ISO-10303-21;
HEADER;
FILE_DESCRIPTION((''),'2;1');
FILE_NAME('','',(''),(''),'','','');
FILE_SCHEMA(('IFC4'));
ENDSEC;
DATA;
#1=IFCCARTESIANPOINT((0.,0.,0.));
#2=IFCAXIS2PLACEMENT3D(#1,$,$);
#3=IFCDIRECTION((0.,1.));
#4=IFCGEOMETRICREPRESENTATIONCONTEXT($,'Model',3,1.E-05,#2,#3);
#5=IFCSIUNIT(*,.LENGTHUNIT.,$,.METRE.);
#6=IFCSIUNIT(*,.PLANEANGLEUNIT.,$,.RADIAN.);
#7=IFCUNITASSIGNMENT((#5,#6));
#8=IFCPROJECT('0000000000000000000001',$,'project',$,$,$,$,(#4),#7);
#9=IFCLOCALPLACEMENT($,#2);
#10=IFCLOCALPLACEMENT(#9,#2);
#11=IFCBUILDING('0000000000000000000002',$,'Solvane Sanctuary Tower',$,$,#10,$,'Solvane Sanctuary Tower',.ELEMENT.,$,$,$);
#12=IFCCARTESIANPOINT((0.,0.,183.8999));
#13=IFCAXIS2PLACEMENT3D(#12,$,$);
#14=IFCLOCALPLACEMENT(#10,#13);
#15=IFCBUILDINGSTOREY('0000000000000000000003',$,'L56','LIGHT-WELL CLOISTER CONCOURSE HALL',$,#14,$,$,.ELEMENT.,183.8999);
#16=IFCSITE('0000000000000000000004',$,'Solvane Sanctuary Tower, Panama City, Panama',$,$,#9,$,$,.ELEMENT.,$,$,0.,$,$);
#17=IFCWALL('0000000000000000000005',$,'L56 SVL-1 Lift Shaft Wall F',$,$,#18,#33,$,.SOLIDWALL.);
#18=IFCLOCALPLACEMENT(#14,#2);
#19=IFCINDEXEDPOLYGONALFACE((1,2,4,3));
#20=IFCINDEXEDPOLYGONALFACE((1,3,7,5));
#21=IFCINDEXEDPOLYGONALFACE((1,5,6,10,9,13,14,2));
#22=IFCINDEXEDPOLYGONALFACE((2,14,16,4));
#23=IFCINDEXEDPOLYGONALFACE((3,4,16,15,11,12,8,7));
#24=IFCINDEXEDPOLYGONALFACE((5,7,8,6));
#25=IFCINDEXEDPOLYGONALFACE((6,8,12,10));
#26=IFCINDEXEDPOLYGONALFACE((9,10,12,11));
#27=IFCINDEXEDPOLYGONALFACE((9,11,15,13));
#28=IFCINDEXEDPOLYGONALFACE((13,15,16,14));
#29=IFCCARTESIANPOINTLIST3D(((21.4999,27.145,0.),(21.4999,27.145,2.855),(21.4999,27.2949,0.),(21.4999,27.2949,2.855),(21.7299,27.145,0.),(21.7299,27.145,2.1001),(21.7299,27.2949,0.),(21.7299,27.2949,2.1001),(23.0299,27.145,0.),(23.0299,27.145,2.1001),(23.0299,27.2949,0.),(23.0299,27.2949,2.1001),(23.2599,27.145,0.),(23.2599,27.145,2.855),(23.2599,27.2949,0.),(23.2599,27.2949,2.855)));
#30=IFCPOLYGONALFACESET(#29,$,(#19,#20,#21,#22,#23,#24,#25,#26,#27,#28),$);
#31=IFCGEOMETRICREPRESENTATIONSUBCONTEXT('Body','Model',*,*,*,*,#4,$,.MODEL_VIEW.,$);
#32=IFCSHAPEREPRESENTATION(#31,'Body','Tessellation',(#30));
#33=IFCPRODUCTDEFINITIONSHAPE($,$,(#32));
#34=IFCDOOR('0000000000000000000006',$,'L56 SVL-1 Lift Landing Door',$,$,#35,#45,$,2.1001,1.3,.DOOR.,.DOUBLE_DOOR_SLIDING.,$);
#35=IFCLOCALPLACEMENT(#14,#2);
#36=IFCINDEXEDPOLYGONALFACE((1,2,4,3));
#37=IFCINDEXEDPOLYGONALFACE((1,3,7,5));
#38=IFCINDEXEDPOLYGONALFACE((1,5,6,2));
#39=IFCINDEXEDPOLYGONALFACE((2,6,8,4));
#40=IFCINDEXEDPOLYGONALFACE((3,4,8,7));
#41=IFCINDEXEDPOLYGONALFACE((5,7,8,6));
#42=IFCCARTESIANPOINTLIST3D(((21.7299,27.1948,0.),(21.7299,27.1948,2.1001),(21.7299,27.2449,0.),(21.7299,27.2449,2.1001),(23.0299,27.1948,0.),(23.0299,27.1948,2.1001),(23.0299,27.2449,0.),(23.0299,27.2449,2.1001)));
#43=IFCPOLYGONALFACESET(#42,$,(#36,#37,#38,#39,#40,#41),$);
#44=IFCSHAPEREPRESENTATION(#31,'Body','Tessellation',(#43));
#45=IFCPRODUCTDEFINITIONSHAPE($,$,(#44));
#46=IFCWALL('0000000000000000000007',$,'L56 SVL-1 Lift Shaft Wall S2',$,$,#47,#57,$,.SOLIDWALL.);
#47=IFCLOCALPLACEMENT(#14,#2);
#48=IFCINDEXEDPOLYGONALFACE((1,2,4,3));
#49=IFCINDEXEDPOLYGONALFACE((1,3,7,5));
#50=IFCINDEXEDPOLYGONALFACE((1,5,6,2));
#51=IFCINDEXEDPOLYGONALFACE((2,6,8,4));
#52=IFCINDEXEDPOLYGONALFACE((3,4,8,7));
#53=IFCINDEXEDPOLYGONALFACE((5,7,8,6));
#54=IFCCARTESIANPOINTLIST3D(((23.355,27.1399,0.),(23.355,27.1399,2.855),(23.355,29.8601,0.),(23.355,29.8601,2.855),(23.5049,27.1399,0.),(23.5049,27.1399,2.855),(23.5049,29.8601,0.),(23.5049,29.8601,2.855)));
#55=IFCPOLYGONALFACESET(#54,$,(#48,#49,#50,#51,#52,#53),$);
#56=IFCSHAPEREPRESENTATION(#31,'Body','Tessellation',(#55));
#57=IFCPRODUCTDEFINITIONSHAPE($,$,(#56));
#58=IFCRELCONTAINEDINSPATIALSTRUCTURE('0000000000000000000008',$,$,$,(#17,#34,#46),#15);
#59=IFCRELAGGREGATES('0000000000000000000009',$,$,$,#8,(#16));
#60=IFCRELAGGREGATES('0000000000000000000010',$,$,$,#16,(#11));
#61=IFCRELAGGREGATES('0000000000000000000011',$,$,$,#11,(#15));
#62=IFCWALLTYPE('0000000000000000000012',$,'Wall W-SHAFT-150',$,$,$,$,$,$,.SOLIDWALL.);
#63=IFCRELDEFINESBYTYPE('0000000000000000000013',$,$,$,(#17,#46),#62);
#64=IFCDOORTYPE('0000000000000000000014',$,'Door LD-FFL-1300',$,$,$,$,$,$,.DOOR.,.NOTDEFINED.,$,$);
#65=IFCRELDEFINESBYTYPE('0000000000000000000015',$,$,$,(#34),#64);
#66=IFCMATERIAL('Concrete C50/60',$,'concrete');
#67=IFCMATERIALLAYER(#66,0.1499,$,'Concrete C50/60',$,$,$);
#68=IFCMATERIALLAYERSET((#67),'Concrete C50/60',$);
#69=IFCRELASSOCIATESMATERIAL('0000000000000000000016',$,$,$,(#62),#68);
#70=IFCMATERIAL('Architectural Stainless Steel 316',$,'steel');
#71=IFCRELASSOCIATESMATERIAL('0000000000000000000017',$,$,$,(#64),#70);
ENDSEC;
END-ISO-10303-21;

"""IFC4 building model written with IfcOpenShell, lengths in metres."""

from ifc_helpers import new_model, si_unit, direction, frame, frame_2d, origin, place, context, subcontext, project, spatial, rectangle, extrude, material, layer, layer_set, type_object, element, fill, save


model = new_model("IFC4")

# Units and contexts
model_context = context("Model", 3, precision=1e-05, world=origin(), true_north=direction((0.0, 1.0)))
body_context = subcontext(model_context, "Body", "Model", "MODEL_VIEW")
ifc_project = project(units=[si_unit("LENGTHUNIT", "METRE"), si_unit("PLANEANGLEUNIT", "RADIAN")], contexts=[model_context])

# Site, building, storey
site_placement = place(None, origin())
site = spatial("IfcSite", under=ifc_project, at=site_placement, Name="Solvane Sanctuary Tower, Panama City, Panama", CompositionType="ELEMENT", RefElevation=0.0)
building_placement = place(site_placement, origin())
building = spatial("IfcBuilding", under=site, at=building_placement, Name="Solvane Sanctuary Tower", LongName="Solvane Sanctuary Tower", CompositionType="ELEMENT")
storey_placement = place(building_placement, frame((0.0, 0.0, 183.8999)))
storey = spatial("IfcBuildingStorey", under=building, at=storey_placement, Name="L56", Description="LIGHT-WELL CLOISTER CONCOURSE HALL", CompositionType="ELEMENT", Elevation=183.8999)

# Shared definitions
ifc_material_1 = material(Name="Architectural Stainless Steel 316", Category="steel")

# Shared definitions
ifc_material_2 = material(Name="Concrete C50/60", Category="concrete")
ifc_layer_1 = layer(ifc_material_2, 0.1499, Name="Concrete C50/60")
ifc_layer_set_1 = layer_set([ifc_layer_1], Name="Concrete C50/60")
wall_type_1 = type_object("IfcWallType", Name="Wall W-SHAFT-150", PredefinedType="SOLIDWALL", material=ifc_layer_set_1)

# Shared definitions
door_type_1 = type_object("IfcDoorType", Name="Door LD-FFL-1300", OperationType="NOTDEFINED", PredefinedType="DOOR", material=ifc_material_1)

# Wall, opening, door
wall_1_placement = place(storey_placement, frame((21.5, 27.22, 0.0), z_axis=(0.0, 0.0, 1.0), x_axis=(1.0, 0.0, 0.0)))
wall_1 = element("IfcWall", 1, at=wall_1_placement, inside=storey, type_object=wall_type_1, Name="L56 SVL-1 Lift Shaft Wall F", PredefinedType="SOLIDWALL", context=body_context, shape_type="SweptSolid", body=[
    extrude(rectangle(XDim=1.76, YDim=0.1499, at=frame_2d((0.8799, 0.0))), origin(), (0.0, 0.0, 1.0), 2.855),
])
opening_1_placement = place(wall_1_placement, frame((0.23, 0.0, 0.0)))
opening_1 = element("IfcOpeningElement", 2, at=opening_1_placement, cuts=wall_1, PredefinedType="OPENING", context=body_context, shape_type="SweptSolid", body=[
    extrude(rectangle(XDim=1.3, YDim=2.1001, at=frame_2d((0.6499, 1.05))), frame((0.0, 0.085, 0.0), z_axis=(0.0, -1.0, 0.0), x_axis=(1.0, 0.0, 0.0)), (0.0, 0.0, 1.0), 0.1699),
])
door_1_placement = place(opening_1_placement, origin())
door_1 = element("IfcDoor", 3, at=door_1_placement, inside=storey, type_object=door_type_1, Name="L56 SVL-1 Lift Landing Door", OperationType="DOUBLE_DOOR_SLIDING", OverallHeight=2.1001, OverallWidth=1.3, PredefinedType="DOOR", context=body_context, shape_type="SweptSolid", body=[
    extrude(rectangle(XDim=1.3, YDim=2.1001, at=frame_2d((0.6499, 1.05))), frame((0.0, 0.0249, 0.0), z_axis=(0.0, -1.0, 0.0), x_axis=(1.0, 0.0, 0.0)), (0.0, 0.0, 1.0), 0.05),
])
fill(opening_1, door_1)

# Wall
wall_2_placement = place(storey_placement, frame((23.4299, 27.1399, 0.0), z_axis=(0.0, 0.0, 1.0), x_axis=(0.0, 1.0, 0.0)))
element("IfcWall", 4, at=wall_2_placement, inside=storey, type_object=wall_type_1, Name="L56 SVL-1 Lift Shaft Wall S2", PredefinedType="SOLIDWALL", context=body_context, shape_type="SweptSolid", body=[
    extrude(rectangle(XDim=2.7202, YDim=0.1499, at=frame_2d((1.3601, 0.0))), origin(), (0.0, 0.0, 1.0), 2.855),
])

save(model, "model.ifc")
